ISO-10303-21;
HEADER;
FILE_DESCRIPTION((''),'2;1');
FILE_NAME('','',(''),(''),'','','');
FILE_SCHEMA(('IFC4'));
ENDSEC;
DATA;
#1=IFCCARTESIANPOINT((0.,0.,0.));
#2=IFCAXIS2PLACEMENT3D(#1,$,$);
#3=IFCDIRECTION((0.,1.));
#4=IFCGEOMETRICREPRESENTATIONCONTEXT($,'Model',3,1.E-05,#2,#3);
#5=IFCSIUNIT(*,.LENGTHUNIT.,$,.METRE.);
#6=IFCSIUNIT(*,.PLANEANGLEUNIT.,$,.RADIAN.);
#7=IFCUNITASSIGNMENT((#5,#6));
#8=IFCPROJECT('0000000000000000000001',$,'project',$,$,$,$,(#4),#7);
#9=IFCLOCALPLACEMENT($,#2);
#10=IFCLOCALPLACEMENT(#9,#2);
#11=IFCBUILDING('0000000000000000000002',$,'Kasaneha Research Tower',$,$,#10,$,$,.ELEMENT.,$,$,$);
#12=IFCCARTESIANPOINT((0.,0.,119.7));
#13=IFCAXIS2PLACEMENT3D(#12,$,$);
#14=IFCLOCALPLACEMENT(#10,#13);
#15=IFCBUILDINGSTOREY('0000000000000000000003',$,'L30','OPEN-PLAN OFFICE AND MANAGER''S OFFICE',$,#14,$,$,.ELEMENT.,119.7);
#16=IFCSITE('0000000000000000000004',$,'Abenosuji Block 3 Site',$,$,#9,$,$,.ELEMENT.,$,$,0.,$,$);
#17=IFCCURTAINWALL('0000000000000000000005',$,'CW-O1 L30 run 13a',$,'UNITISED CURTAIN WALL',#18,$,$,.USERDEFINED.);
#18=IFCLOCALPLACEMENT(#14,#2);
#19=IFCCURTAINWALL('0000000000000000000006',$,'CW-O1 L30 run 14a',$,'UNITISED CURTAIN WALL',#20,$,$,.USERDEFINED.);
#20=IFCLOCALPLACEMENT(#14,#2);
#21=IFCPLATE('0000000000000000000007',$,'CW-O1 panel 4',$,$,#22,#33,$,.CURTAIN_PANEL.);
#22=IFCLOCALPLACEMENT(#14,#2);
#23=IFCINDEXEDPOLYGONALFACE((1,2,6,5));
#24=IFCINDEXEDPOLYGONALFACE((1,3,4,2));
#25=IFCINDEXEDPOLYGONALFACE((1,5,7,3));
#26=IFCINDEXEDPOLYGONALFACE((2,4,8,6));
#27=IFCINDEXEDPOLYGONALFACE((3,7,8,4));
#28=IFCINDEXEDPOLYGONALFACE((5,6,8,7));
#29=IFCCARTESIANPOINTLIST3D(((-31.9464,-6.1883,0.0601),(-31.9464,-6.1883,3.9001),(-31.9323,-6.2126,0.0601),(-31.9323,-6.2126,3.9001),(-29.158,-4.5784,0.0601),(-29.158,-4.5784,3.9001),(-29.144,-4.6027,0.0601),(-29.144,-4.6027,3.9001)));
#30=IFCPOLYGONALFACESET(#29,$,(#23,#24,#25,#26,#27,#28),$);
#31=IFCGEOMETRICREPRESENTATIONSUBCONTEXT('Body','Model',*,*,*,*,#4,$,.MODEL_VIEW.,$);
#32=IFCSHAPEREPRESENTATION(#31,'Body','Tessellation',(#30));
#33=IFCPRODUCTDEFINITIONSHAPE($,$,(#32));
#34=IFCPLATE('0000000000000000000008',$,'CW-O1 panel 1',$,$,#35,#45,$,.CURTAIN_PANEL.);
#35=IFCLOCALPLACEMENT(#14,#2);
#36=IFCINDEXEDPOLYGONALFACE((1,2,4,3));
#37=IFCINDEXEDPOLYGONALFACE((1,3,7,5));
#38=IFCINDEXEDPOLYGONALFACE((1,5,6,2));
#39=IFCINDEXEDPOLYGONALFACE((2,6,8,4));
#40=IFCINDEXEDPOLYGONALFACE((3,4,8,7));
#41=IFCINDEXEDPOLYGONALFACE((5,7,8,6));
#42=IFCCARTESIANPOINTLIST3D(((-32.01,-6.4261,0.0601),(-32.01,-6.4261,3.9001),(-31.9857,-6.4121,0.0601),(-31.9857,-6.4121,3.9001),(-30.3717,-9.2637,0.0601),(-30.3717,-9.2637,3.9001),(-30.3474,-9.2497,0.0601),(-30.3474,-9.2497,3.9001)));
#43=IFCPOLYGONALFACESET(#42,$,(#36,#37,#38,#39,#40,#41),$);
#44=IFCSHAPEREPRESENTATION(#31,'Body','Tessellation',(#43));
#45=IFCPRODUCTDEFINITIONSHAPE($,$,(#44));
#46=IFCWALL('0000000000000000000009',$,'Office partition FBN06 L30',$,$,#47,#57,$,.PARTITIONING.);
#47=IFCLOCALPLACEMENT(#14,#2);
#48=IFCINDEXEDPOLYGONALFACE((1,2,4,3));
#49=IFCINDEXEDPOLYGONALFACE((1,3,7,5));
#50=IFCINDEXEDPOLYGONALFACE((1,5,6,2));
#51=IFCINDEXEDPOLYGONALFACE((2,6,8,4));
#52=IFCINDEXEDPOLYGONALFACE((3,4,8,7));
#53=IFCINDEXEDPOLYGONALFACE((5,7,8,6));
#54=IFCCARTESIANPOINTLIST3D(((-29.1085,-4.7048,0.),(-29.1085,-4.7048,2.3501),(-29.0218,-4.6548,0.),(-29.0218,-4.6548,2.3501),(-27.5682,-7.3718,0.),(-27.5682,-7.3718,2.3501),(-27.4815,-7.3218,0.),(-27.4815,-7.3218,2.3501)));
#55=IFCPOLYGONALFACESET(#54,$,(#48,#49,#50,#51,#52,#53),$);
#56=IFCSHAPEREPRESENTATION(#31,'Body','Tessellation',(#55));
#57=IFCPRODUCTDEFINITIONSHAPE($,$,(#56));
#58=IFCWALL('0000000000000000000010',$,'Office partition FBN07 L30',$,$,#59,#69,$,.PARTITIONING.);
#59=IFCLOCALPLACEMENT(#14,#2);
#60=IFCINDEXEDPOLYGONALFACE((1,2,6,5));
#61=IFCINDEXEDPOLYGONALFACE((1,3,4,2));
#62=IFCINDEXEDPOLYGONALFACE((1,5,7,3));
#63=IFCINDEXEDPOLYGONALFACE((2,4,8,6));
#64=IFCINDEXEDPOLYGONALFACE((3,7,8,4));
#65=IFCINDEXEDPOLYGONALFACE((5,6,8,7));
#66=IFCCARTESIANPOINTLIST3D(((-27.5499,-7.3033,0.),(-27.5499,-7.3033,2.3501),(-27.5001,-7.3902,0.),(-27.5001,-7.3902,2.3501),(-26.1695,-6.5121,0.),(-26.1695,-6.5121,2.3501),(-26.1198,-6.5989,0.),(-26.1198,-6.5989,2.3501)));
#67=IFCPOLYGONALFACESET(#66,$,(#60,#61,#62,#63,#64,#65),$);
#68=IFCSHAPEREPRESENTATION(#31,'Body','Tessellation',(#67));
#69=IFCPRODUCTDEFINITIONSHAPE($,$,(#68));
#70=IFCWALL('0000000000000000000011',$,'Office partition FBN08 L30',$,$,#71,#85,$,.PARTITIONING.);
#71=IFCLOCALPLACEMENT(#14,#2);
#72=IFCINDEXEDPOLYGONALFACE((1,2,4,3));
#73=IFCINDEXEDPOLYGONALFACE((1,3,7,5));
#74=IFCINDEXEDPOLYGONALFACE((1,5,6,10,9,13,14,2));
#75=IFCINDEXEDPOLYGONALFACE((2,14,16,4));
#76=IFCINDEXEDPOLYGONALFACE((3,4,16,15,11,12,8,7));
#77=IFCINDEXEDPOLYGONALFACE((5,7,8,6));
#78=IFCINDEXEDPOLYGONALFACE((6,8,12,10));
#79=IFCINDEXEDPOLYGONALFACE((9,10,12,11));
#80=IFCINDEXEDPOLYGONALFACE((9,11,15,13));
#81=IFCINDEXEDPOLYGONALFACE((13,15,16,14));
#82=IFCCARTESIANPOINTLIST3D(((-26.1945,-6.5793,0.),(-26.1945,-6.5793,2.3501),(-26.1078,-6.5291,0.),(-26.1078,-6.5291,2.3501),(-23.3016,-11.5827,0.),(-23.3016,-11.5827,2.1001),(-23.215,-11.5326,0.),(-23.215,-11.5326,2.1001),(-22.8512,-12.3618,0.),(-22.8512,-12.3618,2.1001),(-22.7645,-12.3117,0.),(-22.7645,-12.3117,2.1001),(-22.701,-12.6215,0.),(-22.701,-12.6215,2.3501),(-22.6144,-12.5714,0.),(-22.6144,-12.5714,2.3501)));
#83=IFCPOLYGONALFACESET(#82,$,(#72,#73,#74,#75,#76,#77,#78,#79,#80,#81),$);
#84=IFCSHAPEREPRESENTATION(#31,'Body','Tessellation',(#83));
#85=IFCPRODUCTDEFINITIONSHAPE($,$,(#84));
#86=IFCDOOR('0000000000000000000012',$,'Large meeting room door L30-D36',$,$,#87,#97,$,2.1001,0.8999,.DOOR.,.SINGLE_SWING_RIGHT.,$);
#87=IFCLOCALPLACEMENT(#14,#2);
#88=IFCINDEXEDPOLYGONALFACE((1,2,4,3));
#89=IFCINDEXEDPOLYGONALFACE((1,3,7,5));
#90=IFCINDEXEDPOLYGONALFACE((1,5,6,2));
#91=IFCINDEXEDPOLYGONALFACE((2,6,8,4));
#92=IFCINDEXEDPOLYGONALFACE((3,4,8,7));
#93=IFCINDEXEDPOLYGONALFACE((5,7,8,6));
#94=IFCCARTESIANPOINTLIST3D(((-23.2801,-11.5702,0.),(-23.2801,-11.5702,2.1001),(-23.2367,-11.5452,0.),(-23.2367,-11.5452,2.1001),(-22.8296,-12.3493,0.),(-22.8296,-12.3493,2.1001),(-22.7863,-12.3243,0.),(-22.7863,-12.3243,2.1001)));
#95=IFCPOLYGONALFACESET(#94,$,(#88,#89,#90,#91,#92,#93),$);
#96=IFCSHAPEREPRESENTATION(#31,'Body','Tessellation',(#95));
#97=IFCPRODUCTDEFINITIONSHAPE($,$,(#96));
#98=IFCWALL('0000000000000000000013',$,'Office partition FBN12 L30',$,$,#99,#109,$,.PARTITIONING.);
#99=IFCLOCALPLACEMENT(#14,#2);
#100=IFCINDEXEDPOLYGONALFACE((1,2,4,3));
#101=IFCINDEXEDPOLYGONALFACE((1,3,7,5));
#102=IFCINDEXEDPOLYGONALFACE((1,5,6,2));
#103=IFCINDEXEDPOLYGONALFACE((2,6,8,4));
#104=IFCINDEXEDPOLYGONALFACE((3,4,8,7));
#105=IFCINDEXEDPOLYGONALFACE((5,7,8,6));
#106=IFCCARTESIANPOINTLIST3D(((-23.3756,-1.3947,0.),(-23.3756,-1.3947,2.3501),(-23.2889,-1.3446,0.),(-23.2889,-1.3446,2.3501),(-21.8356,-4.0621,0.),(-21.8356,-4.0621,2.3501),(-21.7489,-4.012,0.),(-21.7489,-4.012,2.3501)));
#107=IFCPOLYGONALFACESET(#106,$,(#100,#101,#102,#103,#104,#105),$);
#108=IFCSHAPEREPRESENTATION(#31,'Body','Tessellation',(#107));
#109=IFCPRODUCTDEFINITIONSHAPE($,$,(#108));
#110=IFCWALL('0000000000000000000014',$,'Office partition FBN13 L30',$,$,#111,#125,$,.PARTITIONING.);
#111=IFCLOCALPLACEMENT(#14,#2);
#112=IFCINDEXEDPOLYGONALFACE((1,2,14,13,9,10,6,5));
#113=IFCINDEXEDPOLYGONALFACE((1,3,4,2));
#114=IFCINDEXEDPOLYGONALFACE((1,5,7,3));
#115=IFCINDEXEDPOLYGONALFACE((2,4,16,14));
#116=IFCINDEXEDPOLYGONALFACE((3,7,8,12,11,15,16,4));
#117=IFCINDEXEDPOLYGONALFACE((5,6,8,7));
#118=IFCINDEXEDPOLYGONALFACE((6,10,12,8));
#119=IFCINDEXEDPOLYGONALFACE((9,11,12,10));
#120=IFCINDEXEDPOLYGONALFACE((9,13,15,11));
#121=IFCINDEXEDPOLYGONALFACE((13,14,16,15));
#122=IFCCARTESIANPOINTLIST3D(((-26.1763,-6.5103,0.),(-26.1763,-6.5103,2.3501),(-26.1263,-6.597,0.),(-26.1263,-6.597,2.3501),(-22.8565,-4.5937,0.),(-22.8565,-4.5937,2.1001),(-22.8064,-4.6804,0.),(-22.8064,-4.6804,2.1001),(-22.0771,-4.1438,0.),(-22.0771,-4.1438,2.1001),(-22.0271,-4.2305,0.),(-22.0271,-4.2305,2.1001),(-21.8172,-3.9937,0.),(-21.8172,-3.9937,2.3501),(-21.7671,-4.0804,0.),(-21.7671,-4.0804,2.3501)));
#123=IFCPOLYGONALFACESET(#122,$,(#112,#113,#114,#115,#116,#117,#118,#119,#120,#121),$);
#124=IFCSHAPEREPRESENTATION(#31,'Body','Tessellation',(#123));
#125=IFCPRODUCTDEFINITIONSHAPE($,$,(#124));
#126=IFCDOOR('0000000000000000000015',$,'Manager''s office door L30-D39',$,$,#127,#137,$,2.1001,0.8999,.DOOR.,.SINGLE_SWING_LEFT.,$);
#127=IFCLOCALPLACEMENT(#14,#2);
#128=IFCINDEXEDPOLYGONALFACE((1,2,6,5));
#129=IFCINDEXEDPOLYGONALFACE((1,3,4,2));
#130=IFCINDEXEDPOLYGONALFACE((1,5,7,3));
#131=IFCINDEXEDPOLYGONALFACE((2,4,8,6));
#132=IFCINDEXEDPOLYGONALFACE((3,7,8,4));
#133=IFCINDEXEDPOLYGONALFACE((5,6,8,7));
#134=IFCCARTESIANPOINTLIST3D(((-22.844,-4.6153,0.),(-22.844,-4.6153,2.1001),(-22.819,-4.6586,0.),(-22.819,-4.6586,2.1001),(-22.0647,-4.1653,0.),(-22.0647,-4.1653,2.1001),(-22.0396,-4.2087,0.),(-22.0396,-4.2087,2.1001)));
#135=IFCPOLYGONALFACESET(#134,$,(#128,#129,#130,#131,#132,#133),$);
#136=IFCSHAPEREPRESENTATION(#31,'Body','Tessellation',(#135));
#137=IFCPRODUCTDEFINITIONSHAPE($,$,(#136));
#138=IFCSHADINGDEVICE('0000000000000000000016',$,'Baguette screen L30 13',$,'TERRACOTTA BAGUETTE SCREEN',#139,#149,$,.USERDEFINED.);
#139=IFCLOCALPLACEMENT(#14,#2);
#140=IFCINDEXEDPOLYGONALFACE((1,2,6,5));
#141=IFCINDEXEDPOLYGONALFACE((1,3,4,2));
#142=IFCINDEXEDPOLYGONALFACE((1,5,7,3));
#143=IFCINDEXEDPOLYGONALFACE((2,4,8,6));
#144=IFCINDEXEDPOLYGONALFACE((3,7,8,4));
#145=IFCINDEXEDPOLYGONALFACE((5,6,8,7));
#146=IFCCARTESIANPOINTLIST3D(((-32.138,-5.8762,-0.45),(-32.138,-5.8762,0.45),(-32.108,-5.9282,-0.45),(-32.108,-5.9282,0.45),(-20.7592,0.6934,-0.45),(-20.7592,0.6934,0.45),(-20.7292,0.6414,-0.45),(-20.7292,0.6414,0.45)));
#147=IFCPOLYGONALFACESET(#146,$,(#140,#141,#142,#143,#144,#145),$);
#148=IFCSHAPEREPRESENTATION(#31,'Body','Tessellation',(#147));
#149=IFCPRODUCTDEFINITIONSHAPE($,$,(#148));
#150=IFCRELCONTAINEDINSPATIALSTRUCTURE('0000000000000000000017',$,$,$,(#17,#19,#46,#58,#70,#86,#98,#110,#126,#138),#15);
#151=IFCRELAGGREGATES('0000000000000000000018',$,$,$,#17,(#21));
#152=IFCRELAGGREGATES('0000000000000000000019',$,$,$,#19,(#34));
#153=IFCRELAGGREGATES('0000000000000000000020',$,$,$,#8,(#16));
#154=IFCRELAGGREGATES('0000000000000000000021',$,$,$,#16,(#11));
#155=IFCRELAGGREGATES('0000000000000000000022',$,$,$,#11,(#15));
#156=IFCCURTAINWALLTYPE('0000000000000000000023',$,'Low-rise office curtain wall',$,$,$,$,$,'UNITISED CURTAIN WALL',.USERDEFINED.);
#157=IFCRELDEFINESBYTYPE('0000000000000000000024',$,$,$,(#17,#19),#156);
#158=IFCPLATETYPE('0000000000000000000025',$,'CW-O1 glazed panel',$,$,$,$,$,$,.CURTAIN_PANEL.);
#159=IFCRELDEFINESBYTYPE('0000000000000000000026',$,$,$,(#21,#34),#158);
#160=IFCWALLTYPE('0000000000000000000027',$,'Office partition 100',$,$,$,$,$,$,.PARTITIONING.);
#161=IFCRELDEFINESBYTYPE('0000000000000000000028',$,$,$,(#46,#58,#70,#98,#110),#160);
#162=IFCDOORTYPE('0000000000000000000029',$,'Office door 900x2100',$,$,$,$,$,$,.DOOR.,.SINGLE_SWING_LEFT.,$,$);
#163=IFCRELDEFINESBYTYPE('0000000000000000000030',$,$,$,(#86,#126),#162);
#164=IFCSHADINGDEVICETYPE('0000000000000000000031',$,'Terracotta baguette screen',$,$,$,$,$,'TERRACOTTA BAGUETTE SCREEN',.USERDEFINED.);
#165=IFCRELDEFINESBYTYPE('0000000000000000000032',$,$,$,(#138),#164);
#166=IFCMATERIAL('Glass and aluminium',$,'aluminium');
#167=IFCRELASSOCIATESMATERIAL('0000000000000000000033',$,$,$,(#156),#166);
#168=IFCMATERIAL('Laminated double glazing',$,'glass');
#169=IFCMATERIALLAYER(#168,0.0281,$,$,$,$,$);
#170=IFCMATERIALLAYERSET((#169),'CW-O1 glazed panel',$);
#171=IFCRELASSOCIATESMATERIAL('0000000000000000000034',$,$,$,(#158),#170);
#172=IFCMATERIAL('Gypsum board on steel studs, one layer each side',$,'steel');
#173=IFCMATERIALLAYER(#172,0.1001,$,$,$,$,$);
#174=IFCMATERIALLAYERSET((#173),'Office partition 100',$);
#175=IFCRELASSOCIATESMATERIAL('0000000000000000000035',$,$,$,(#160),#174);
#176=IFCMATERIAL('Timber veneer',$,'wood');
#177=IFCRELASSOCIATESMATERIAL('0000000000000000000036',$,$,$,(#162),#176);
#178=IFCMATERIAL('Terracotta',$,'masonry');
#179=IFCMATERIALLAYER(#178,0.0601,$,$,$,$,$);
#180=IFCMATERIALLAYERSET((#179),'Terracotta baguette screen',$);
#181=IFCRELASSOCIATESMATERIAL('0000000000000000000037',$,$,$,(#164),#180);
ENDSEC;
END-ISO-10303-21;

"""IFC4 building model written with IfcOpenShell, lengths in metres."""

from ifc_helpers import new_model, si_unit, direction, frame, frame_2d, origin, origin_2d, place, context, subcontext, project, spatial, rectangle, extrude, material, layer, layer_set, type_object, element, fill, aggregate, save


model = new_model("IFC4")

# Units and contexts
model_context = context("Model", 3, precision=1e-05, world=origin(), true_north=direction((0.0, 1.0)))
body_context = subcontext(model_context, "Body", "Model", "MODEL_VIEW")
ifc_project = project(units=[si_unit("LENGTHUNIT", "METRE"), si_unit("PLANEANGLEUNIT", "RADIAN")], contexts=[model_context])

# Site, building, storey
site_placement = place(None, origin())
site = spatial("IfcSite", under=ifc_project, at=site_placement, Name="Abenosuji Block 3 Site", CompositionType="ELEMENT", RefElevation=0.0)
building_placement = place(site_placement, origin())
building = spatial("IfcBuilding", under=site, at=building_placement, Name="Kasaneha Research Tower", CompositionType="ELEMENT")
storey_placement = place(building_placement, frame((0.0, 0.0, 119.7)))
storey = spatial("IfcBuildingStorey", under=building, at=storey_placement, Name="L30", Description="OPEN-PLAN OFFICE AND MANAGER'S OFFICE", CompositionType="ELEMENT", Elevation=119.7)

# Curtain wall
ifc_material_1 = material(Name="Glass and aluminium", Category="aluminium")
curtain_wall_type = type_object("IfcCurtainWallType", Name="Low-rise office curtain wall", ElementType="UNITISED CURTAIN WALL", PredefinedType="USERDEFINED", material=ifc_material_1)
curtain_wall_1_placement = place(storey_placement, origin())
curtain_wall_1 = element("IfcCurtainWall", 1, at=curtain_wall_1_placement, inside=storey, type_object=curtain_wall_type, Name="CW-O1 L30 run 13a", ObjectType="UNITISED CURTAIN WALL", PredefinedType="USERDEFINED")

# Curtain wall
curtain_wall_2_placement = place(storey_placement, origin())
curtain_wall_2 = element("IfcCurtainWall", 2, at=curtain_wall_2_placement, inside=storey, type_object=curtain_wall_type, Name="CW-O1 L30 run 14a", ObjectType="UNITISED CURTAIN WALL", PredefinedType="USERDEFINED")

# Plates
ifc_material_2 = material(Name="Laminated double glazing", Category="glass")
ifc_layer_1 = layer(ifc_material_2, 0.0281)
ifc_layer_set_1 = layer_set([ifc_layer_1], Name="CW-O1 glazed panel")
plate_type = type_object("IfcPlateType", Name="CW-O1 glazed panel", PredefinedType="CURTAIN_PANEL", material=ifc_layer_set_1)
plate_1_placement = place(storey_placement, frame((-30.5452, -5.3955, 0.0601), z_axis=(0.0, 0.0, 1.0), x_axis=(-0.866025, -0.5, 0.0)))
plate_1 = element("IfcPlate", 3, at=plate_1_placement, type_object=plate_type, Name="CW-O1 panel 4", PredefinedType="CURTAIN_PANEL", context=body_context, shape_type="SweptSolid", body=[
    extrude(rectangle(XDim=3.2197, YDim=0.0281, at=origin_2d()), origin(), (0.0, 0.0, 1.0), 3.8401),
])
aggregate(curtain_wall_1, [plate_1])
plate_2_placement = place(storey_placement, frame((-31.1787, -7.8379, 0.0601), z_axis=(0.0, 0.0, 1.0), x_axis=(0.5, -0.866025, 0.0)))
plate_2 = element("IfcPlate", 4, at=plate_2_placement, type_object=plate_type, Name="CW-O1 panel 1", PredefinedType="CURTAIN_PANEL", context=body_context, shape_type="SweptSolid", body=[
    extrude(rectangle(XDim=3.2766, YDim=0.0281, at=origin_2d()), origin(), (0.0, 0.0, 1.0), 3.8401),
])
aggregate(curtain_wall_2, [plate_2])

# Walls
ifc_material_3 = material(Name="Gypsum board on steel studs, one layer each side", Category="steel")
ifc_layer_2 = layer(ifc_material_3, 0.1001)
ifc_layer_set_2 = layer_set([ifc_layer_2], Name="Office partition 100")
wall_type = type_object("IfcWallType", Name="Office partition 100", PredefinedType="PARTITIONING", material=ifc_layer_set_2)
wall_1_placement = place(storey_placement, frame((-29.0652, -4.6797, 0.0), z_axis=(0.0, 0.0, 1.0), x_axis=(0.50012, -0.865956, 0.0)))
element("IfcWall", 5, at=wall_1_placement, inside=storey, type_object=wall_type, Name="Office partition FBN06 L30", PredefinedType="PARTITIONING", context=body_context, shape_type="SweptSolid", body=[
    extrude(rectangle(XDim=3.0798, YDim=0.1001, at=frame_2d((1.54, 0.0))), origin(), (0.0, 0.0, 1.0), 2.3501),
])
wall_2_placement = place(storey_placement, frame((-27.5249, -7.3467, 0.0), z_axis=(0.0, 0.0, 1.0), x_axis=(0.867572, 0.497312, 0.0)))
element("IfcWall", 6, at=wall_2_placement, inside=storey, type_object=wall_type, Name="Office partition FBN07 L30", PredefinedType="PARTITIONING", context=body_context, shape_type="SweptSolid", body=[
    extrude(rectangle(XDim=1.5911, YDim=0.1001, at=frame_2d((0.7954, 0.0))), origin(), (0.0, 0.0, 1.0), 2.3501),
])

# Wall, opening, door
wall_3_placement = place(storey_placement, frame((-26.1511, -6.5542, 0.0), z_axis=(0.0, 0.0, 1.0), x_axis=(0.500529, -0.86572, 0.0)))
wall_3 = element("IfcWall", 7, at=wall_3_placement, inside=storey, type_object=wall_type, Name="Office partition FBN08 L30", PredefinedType="PARTITIONING", context=body_context, shape_type="SweptSolid", body=[
    extrude(rectangle(XDim=6.9795, YDim=0.1001, at=frame_2d((3.4897, 0.0))), origin(), (0.0, 0.0, 1.0), 2.3501),
])
opening_1_placement = place(wall_3_placement, frame((5.7795, 0.0, 0.0)))
opening_1 = element("IfcOpeningElement", 8, at=opening_1_placement, cuts=wall_3, PredefinedType="OPENING", context=body_context, shape_type="SweptSolid", body=[
    extrude(rectangle(XDim=0.8999, YDim=2.1001, at=frame_2d((0.45, 1.05))), frame((0.0, 0.0601, 0.0), z_axis=(0.0, -1.0, 0.0), x_axis=(1.0, 0.0, 0.0)), (0.0, 0.0, 1.0), 0.1201),
])
ifc_material_4 = material(Name="Timber veneer", Category="wood")
door_type = type_object("IfcDoorType", Name="Office door 900x2100", OperationType="SINGLE_SWING_LEFT", PredefinedType="DOOR", material=ifc_material_4)
door_1_placement = place(opening_1_placement, origin())
door_1 = element("IfcDoor", 9, at=door_1_placement, inside=storey, type_object=door_type, Name="Large meeting room door L30-D36", OperationType="SINGLE_SWING_RIGHT", OverallHeight=2.1001, OverallWidth=0.8999, PredefinedType="DOOR", context=body_context, shape_type="SweptSolid", body=[
    extrude(rectangle(XDim=0.8999, YDim=2.1001, at=frame_2d((0.45, 1.05))), frame((0.0, 0.0249, 0.0), z_axis=(0.0, -1.0, 0.0), x_axis=(1.0, 0.0, 0.0)), (0.0, 0.0, 1.0), 0.05),
])
fill(opening_1, door_1)

# Wall
wall_4_placement = place(storey_placement, frame((-23.3323, -1.3696, 0.0), z_axis=(0.0, 0.0, 1.0), x_axis=(0.499992, -0.86603, 0.0)))
element("IfcWall", 10, at=wall_4_placement, inside=storey, type_object=wall_type, Name="Office partition FBN12 L30", PredefinedType="PARTITIONING", context=body_context, shape_type="SweptSolid", body=[
    extrude(rectangle(XDim=3.0801, YDim=0.1001, at=frame_2d((1.54, 0.0))), origin(), (0.0, 0.0, 1.0), 2.3501),
])

# Wall, opening, door
wall_5_placement = place(storey_placement, frame((-21.7922, -4.0371, 0.0), z_axis=(0.0, 0.0, 1.0), x_axis=(-0.866038, -0.499979, 0.0)))
wall_5 = element("IfcWall", 11, at=wall_5_placement, inside=storey, type_object=wall_type, Name="Office partition FBN13 L30", PredefinedType="PARTITIONING", context=body_context, shape_type="SweptSolid", body=[
    extrude(rectangle(XDim=5.0334, YDim=0.1001, at=frame_2d((2.5166, 0.0))), origin(), (0.0, 0.0, 1.0), 2.3501),
])
opening_2_placement = place(wall_5_placement, frame((0.3, 0.0, 0.0)))
opening_2 = element("IfcOpeningElement", 12, at=opening_2_placement, cuts=wall_5, PredefinedType="OPENING", context=body_context, shape_type="SweptSolid", body=[
    extrude(rectangle(XDim=0.8999, YDim=2.1001, at=frame_2d((0.45, 1.05))), frame((0.0, 0.0601, 0.0), z_axis=(0.0, -1.0, 0.0), x_axis=(1.0, 0.0, 0.0)), (0.0, 0.0, 1.0), 0.1201),
])
door_2_placement = place(opening_2_placement, origin())
door_2 = element("IfcDoor", 13, at=door_2_placement, inside=storey, type_object=door_type, Name="Manager's office door L30-D39", OperationType="SINGLE_SWING_LEFT", OverallHeight=2.1001, OverallWidth=0.8999, PredefinedType="DOOR", context=body_context, shape_type="SweptSolid", body=[
    extrude(rectangle(XDim=0.8999, YDim=2.1001, at=frame_2d((0.45, 1.05))), frame((0.0, 0.0249, 0.0), z_axis=(0.0, -1.0, 0.0), x_axis=(1.0, 0.0, 0.0)), (0.0, 0.0, 1.0), 0.05),
])
fill(opening_2, door_2)

# Shading device
ifc_material_5 = material(Name="Terracotta", Category="masonry")
ifc_layer_3 = layer(ifc_material_5, 0.0601)
ifc_layer_set_3 = layer_set([ifc_layer_3], Name="Terracotta baguette screen")
shading_device_type = type_object("IfcShadingDeviceType", Name="Terracotta baguette screen", ElementType="TERRACOTTA BAGUETTE SCREEN", PredefinedType="USERDEFINED", material=ifc_layer_set_3)
shading_device_placement = place(storey_placement, frame((-26.4336, -2.6174, -0.45), z_axis=(0.0, 0.0, 1.0), x_axis=(-0.866025, -0.5, 0.0)))
element("IfcShadingDevice", 14, at=shading_device_placement, inside=storey, type_object=shading_device_type, Name="Baguette screen L30 13", ObjectType="TERRACOTTA BAGUETTE SCREEN", PredefinedType="USERDEFINED", context=body_context, shape_type="SweptSolid", body=[
    extrude(rectangle(XDim=13.1392, YDim=0.0601, at=origin_2d()), origin(), (0.0, 0.0, 1.0), 0.8999),
])

save(model, "model.ifc")
